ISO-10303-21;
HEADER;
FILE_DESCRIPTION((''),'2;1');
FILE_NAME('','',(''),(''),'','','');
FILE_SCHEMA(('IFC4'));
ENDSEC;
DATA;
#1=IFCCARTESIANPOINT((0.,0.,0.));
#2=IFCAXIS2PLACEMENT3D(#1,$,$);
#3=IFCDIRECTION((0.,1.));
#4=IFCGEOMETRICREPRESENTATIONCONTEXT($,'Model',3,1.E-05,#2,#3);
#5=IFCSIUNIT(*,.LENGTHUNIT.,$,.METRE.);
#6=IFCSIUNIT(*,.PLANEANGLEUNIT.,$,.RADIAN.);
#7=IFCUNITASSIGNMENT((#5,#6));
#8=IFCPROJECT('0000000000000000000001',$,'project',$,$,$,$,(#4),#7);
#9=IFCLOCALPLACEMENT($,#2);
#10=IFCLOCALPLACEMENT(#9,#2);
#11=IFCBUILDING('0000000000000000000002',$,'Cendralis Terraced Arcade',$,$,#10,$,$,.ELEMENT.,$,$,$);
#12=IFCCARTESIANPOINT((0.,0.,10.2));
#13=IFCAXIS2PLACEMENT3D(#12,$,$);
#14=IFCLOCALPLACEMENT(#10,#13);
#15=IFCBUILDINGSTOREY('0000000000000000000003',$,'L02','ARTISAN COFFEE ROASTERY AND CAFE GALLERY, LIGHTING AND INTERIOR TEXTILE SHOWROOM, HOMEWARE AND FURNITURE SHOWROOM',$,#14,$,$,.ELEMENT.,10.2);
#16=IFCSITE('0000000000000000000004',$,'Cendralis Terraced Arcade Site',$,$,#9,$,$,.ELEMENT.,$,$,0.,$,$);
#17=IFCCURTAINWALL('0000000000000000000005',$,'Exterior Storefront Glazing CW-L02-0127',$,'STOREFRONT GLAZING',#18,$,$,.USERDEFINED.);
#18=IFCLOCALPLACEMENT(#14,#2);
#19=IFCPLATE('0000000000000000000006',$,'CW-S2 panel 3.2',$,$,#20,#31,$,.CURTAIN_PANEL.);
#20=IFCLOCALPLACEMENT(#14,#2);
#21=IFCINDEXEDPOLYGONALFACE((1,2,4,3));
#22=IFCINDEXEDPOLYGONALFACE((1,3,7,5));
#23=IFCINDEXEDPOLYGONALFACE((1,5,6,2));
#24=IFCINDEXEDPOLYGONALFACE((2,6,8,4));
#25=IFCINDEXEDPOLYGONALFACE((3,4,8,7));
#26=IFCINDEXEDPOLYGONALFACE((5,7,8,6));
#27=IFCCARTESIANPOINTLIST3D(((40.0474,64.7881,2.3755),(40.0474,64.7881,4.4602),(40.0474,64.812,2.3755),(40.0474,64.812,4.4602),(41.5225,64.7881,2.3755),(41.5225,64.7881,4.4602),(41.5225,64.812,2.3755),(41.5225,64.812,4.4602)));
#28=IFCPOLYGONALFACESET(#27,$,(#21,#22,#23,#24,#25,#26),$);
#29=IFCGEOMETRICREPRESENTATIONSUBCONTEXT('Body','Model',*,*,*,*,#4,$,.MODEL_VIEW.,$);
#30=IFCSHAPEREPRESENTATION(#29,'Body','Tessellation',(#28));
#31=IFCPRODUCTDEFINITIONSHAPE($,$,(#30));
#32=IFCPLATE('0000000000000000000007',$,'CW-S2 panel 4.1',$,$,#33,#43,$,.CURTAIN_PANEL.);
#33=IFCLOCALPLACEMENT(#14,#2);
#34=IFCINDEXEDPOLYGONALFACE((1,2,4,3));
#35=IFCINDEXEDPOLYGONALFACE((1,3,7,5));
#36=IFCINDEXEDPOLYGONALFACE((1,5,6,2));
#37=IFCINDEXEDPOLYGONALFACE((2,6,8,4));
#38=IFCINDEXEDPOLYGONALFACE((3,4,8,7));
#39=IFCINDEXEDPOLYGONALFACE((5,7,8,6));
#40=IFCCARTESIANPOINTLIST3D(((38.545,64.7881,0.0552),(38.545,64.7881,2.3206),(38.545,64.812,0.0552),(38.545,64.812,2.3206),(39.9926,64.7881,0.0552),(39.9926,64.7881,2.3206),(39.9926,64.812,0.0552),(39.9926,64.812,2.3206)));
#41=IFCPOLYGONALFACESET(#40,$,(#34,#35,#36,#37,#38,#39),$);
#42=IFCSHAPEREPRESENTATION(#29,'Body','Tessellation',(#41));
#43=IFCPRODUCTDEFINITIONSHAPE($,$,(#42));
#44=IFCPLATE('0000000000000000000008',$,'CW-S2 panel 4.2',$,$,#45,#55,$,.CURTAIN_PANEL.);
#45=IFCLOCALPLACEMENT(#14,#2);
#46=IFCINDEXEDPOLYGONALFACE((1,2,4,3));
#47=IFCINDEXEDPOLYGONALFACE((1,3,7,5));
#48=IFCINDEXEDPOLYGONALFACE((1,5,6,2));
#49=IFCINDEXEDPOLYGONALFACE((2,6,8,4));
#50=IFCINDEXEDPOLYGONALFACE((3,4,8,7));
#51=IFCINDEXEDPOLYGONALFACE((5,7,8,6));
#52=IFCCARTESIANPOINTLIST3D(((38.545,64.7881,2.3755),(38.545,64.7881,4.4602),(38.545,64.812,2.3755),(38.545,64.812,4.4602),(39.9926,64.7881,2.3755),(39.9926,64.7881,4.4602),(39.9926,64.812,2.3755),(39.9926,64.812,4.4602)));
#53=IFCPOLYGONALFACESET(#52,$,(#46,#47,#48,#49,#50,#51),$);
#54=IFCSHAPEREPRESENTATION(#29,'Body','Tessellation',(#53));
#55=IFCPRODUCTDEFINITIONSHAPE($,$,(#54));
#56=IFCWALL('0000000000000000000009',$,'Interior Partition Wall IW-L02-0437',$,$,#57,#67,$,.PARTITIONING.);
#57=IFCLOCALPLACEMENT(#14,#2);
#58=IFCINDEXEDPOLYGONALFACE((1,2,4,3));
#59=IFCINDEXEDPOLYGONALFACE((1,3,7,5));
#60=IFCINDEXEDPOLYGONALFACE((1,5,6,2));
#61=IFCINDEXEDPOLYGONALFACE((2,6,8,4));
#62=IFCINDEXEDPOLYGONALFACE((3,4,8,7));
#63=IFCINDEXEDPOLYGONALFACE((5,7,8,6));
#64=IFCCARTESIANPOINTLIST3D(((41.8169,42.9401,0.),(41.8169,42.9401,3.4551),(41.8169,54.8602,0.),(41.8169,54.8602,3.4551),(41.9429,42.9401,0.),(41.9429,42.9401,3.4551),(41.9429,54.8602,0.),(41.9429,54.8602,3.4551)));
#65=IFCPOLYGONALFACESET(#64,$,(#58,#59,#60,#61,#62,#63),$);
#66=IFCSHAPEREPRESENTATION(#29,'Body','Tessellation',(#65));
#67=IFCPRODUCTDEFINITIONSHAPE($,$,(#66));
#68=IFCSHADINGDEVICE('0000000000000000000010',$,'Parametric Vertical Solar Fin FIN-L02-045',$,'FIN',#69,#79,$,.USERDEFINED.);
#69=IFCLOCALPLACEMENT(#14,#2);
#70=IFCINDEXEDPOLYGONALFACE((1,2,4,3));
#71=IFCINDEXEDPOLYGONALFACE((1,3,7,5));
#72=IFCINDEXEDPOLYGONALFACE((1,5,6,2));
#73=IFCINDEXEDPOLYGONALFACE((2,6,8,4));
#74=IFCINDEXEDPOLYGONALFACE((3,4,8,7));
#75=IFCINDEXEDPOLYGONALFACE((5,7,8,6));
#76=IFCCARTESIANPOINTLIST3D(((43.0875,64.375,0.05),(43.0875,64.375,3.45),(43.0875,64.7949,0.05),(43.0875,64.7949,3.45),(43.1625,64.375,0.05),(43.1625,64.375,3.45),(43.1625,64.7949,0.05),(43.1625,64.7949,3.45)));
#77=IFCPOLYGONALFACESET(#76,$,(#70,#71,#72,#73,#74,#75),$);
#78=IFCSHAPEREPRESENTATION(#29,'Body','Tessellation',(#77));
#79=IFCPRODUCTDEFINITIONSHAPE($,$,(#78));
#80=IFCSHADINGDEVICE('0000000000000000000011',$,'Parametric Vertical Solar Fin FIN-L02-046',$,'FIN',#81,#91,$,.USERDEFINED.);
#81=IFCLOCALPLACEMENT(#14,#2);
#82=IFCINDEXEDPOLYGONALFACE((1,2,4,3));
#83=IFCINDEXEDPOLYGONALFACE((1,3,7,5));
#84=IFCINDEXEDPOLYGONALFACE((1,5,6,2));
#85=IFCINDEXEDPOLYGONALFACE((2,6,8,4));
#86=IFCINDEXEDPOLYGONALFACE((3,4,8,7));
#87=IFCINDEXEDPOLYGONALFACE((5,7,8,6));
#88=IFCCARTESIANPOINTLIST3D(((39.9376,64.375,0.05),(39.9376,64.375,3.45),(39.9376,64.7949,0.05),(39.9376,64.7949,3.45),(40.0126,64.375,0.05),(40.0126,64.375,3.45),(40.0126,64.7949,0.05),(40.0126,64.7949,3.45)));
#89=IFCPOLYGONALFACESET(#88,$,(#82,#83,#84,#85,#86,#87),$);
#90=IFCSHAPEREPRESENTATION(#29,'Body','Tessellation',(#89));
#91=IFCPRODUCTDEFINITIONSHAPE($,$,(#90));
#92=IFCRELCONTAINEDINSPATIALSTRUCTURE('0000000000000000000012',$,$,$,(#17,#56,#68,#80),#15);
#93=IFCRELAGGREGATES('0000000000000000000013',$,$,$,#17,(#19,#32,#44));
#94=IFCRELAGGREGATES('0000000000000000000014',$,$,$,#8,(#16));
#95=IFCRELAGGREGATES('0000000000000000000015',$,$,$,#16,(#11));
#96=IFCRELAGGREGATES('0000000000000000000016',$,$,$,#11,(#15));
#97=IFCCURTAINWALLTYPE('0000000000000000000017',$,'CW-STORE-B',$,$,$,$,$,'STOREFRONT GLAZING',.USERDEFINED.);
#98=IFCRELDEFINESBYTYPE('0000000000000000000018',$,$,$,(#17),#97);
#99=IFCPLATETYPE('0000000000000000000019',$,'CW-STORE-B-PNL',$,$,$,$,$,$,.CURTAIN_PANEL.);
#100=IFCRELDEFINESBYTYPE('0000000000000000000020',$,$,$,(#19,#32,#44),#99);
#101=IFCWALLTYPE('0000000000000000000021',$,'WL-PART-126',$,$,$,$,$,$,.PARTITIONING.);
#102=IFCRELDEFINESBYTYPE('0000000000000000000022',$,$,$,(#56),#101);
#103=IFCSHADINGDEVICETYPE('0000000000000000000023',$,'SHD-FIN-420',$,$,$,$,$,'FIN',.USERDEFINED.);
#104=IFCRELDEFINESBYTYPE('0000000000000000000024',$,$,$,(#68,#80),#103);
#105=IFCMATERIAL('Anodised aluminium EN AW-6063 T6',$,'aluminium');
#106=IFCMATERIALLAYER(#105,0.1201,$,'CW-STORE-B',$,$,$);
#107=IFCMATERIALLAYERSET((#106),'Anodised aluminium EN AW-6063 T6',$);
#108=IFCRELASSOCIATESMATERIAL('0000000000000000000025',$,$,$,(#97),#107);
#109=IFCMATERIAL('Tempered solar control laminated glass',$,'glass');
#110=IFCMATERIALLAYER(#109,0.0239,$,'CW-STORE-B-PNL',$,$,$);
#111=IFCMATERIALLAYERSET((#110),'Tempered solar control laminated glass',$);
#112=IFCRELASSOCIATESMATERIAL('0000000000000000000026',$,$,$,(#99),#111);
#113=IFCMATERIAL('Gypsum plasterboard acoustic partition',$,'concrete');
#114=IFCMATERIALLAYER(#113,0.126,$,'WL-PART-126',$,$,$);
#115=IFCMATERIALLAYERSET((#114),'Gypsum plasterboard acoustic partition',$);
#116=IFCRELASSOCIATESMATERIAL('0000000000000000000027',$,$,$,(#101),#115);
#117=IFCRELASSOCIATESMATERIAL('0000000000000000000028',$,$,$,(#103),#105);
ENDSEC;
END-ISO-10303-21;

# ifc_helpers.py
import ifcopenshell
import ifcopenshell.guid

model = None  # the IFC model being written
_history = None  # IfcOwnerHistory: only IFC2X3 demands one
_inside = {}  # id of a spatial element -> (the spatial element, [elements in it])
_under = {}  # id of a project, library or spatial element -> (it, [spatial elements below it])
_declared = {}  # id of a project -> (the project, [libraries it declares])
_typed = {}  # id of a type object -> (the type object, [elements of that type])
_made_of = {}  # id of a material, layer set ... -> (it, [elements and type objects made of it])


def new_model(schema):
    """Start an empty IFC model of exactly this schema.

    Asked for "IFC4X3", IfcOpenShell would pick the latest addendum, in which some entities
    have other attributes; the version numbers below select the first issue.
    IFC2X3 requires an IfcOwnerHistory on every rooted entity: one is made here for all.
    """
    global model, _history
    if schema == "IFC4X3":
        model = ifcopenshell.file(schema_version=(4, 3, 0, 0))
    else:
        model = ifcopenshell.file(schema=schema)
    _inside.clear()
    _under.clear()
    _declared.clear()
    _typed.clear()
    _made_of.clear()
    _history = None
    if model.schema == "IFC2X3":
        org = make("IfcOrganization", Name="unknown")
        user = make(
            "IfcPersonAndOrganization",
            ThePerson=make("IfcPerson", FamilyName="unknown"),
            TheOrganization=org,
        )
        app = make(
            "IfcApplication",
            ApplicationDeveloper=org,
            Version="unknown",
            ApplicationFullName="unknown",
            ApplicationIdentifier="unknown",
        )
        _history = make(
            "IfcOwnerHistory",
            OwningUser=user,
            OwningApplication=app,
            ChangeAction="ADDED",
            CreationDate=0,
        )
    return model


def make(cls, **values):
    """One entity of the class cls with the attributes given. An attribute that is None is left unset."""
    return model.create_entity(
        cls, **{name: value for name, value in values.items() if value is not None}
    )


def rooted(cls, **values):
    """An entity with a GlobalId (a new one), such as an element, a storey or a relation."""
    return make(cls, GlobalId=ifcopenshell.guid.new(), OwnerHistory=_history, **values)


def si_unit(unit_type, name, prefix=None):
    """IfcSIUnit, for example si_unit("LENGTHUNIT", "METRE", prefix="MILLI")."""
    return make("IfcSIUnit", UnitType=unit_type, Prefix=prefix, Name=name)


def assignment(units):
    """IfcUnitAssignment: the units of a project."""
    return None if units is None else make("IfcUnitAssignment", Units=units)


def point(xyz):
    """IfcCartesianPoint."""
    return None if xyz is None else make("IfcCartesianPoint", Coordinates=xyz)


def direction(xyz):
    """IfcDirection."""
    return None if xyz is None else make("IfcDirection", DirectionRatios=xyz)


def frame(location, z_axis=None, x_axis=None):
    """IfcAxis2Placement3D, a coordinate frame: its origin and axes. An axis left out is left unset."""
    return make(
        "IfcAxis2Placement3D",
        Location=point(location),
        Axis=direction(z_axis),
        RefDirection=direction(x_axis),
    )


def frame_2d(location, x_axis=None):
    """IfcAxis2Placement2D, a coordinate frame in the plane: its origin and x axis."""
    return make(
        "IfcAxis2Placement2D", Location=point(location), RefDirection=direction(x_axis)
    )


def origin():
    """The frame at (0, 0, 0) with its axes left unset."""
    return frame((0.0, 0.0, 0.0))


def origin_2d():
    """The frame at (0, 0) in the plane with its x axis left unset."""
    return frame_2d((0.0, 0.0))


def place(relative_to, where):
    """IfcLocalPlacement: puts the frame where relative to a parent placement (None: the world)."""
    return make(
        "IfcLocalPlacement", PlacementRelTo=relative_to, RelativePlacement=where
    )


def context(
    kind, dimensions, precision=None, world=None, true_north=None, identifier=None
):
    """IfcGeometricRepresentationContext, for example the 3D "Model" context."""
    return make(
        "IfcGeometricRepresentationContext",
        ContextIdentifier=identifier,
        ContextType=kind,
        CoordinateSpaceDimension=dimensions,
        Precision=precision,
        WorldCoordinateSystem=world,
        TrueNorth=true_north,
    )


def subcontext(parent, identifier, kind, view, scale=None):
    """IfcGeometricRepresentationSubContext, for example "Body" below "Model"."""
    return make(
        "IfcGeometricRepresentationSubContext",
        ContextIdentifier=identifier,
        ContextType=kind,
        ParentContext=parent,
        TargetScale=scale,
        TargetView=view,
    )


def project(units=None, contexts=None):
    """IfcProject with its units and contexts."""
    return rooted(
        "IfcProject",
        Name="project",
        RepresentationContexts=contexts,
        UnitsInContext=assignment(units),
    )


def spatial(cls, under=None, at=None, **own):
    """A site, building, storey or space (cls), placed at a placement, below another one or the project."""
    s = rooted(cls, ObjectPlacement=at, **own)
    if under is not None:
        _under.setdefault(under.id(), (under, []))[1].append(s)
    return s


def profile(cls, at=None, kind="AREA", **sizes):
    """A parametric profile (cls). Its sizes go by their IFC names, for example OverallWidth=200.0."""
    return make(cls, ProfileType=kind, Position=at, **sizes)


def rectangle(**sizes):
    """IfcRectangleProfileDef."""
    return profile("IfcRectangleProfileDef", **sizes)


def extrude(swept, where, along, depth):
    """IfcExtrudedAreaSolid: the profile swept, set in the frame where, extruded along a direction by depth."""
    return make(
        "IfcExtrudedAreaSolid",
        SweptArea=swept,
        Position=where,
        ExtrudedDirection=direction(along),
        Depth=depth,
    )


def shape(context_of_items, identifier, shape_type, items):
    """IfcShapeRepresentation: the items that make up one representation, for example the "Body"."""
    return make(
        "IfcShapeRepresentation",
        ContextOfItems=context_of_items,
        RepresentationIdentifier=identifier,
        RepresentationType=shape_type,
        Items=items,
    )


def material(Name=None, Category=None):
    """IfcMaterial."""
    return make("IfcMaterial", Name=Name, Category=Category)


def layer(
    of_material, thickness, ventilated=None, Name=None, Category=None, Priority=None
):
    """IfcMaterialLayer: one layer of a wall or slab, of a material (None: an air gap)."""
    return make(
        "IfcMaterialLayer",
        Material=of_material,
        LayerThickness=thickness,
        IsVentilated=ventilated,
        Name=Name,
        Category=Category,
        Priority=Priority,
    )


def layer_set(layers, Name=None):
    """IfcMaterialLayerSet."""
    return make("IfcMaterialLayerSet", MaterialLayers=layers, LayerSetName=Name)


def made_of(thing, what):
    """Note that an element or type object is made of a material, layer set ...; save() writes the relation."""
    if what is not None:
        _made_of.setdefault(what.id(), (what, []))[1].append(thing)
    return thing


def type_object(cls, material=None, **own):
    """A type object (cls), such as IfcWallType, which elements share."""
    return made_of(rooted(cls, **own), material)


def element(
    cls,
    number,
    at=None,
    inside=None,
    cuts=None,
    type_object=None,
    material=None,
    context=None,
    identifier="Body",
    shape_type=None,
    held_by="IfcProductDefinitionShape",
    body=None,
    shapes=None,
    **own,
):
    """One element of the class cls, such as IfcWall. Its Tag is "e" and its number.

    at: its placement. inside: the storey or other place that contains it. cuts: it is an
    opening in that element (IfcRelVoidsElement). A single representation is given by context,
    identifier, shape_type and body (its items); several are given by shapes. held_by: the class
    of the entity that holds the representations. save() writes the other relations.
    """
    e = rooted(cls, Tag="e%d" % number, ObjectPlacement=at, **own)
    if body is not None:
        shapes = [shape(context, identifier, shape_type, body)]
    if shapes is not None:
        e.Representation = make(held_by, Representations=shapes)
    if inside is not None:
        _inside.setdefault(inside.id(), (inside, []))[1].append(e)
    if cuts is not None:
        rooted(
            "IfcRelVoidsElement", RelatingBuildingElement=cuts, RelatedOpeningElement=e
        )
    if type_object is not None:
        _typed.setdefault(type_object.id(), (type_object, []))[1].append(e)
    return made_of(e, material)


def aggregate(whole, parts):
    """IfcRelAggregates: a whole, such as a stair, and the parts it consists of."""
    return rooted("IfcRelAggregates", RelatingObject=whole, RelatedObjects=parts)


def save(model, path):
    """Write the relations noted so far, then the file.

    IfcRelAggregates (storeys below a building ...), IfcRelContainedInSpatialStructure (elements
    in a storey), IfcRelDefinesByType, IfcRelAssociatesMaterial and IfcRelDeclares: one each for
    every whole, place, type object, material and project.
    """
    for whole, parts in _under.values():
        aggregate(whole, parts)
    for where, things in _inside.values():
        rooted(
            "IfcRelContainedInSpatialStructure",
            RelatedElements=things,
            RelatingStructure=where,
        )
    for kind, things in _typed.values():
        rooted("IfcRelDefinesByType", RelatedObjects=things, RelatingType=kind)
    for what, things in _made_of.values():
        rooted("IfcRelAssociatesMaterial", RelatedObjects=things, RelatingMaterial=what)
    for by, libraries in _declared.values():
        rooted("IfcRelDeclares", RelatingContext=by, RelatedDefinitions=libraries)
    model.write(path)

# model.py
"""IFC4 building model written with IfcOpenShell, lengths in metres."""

from ifc_helpers import new_model, si_unit, direction, frame, frame_2d, origin, origin_2d, place, context, subcontext, project, spatial, rectangle, extrude, material, layer, layer_set, type_object, element, aggregate, save


model = new_model("IFC4")

# Units and contexts
model_context = context("Model", 3, precision=1e-05, world=origin(), true_north=direction((0.0, 1.0)))
body_context = subcontext(model_context, "Body", "Model", "MODEL_VIEW")
ifc_project = project(units=[si_unit("LENGTHUNIT", "METRE"), si_unit("PLANEANGLEUNIT", "RADIAN")], contexts=[model_context])

# Site, building, storey
site_placement = place(None, origin())
site = spatial("IfcSite", under=ifc_project, at=site_placement, Name="Cendralis Terraced Arcade Site", CompositionType="ELEMENT", RefElevation=0.0)
building_placement = place(site_placement, origin())
building = spatial("IfcBuilding", under=site, at=building_placement, Name="Cendralis Terraced Arcade", CompositionType="ELEMENT")
storey_placement = place(building_placement, frame((0.0, 0.0, 10.2)))
storey = spatial("IfcBuildingStorey", under=building, at=storey_placement, Name="L02", Description="ARTISAN COFFEE ROASTERY AND CAFE GALLERY, LIGHTING AND INTERIOR TEXTILE SHOWROOM, HOMEWARE AND FURNITURE SHOWROOM", CompositionType="ELEMENT", Elevation=10.2)

# Curtain wall, plates
ifc_material_1 = material(Name="Anodised aluminium EN AW-6063 T6", Category="aluminium")
ifc_layer_1 = layer(ifc_material_1, 0.1201, Name="CW-STORE-B")
ifc_layer_set_1 = layer_set([ifc_layer_1], Name="Anodised aluminium EN AW-6063 T6")
curtain_wall_type = type_object("IfcCurtainWallType", Name="CW-STORE-B", ElementType="STOREFRONT GLAZING", PredefinedType="USERDEFINED", material=ifc_layer_set_1)
curtain_wall_placement = place(storey_placement, origin())
curtain_wall = element("IfcCurtainWall", 1, at=curtain_wall_placement, inside=storey, type_object=curtain_wall_type, Name="Exterior Storefront Glazing CW-L02-0127", ObjectType="STOREFRONT GLAZING", PredefinedType="USERDEFINED")
ifc_material_2 = material(Name="Tempered solar control laminated glass", Category="glass")
ifc_layer_2 = layer(ifc_material_2, 0.0239, Name="CW-STORE-B-PNL")
ifc_layer_set_2 = layer_set([ifc_layer_2], Name="Tempered solar control laminated glass")
plate_type = type_object("IfcPlateType", Name="CW-STORE-B-PNL", PredefinedType="CURTAIN_PANEL", material=ifc_layer_set_2)
plate_1_placement = place(storey_placement, frame((40.7849, 64.8, 2.3755), z_axis=(0.0, 0.0, 1.0), x_axis=(-1.0, 0.0, 0.0)))
plate_1 = element("IfcPlate", 2, at=plate_1_placement, type_object=plate_type, Name="CW-S2 panel 3.2", PredefinedType="CURTAIN_PANEL", context=body_context, shape_type="SweptSolid", body=[
    extrude(rectangle(XDim=1.4751, YDim=0.0239, at=origin_2d()), origin(), (0.0, 0.0, 1.0), 2.0847),
])
plate_2_placement = place(storey_placement, frame((39.2688, 64.8, 0.0552), z_axis=(0.0, 0.0, 1.0), x_axis=(-1.0, 0.0, 0.0)))
plate_2 = element("IfcPlate", 3, at=plate_2_placement, type_object=plate_type, Name="CW-S2 panel 4.1", PredefinedType="CURTAIN_PANEL", context=body_context, shape_type="SweptSolid", body=[
    extrude(rectangle(XDim=1.4475, YDim=0.0239, at=origin_2d()), origin(), (0.0, 0.0, 1.0), 2.2654),
])
plate_3_placement = place(storey_placement, frame((39.2688, 64.8, 2.3755), z_axis=(0.0, 0.0, 1.0), x_axis=(-1.0, 0.0, 0.0)))
plate_3 = element("IfcPlate", 4, at=plate_3_placement, type_object=plate_type, Name="CW-S2 panel 4.2", PredefinedType="CURTAIN_PANEL", context=body_context, shape_type="SweptSolid", body=[
    extrude(rectangle(XDim=1.4475, YDim=0.0239, at=origin_2d()), origin(), (0.0, 0.0, 1.0), 2.0847),
])
aggregate(curtain_wall, [plate_1, plate_2, plate_3])

# Wall
ifc_material_3 = material(Name="Gypsum plasterboard acoustic partition", Category="concrete")
ifc_layer_3 = layer(ifc_material_3, 0.126, Name="WL-PART-126")
ifc_layer_set_3 = layer_set([ifc_layer_3], Name="Gypsum plasterboard acoustic partition")
wall_type = type_object("IfcWallType", Name="WL-PART-126", PredefinedType="PARTITIONING", material=ifc_layer_set_3)
wall_placement = place(storey_placement, frame((41.8799, 54.8601, 0.0), z_axis=(0.0, 0.0, 1.0), x_axis=(0.0, -1.0, 0.0)))
element("IfcWall", 5, at=wall_placement, inside=storey, type_object=wall_type, Name="Interior Partition Wall IW-L02-0437", PredefinedType="PARTITIONING", context=body_context, shape_type="SweptSolid", body=[
    extrude(rectangle(XDim=11.9202, YDim=0.126, at=frame_2d((5.96, 0.0))), origin(), (0.0, 0.0, 1.0), 3.4551),
])

# Shading devices
shading_device_type = type_object("IfcShadingDeviceType", Name="SHD-FIN-420", ElementType="FIN", PredefinedType="USERDEFINED", material=ifc_material_1)
for number, where, z_axis, x_axis, name in (
    (6, (43.125, 64.585, 0.05), (0.0, 0.0, 1.0), (-1.0, 0.0, 0.0), "Parametric Vertical Solar Fin FIN-L02-045"),
    (7, (39.9751, 64.585, 0.05), (0.0, 0.0, 1.0), (-1.0, 0.0, 0.0), "Parametric Vertical Solar Fin FIN-L02-046"),
):
    element("IfcShadingDevice", number, at=place(storey_placement, frame(where, z_axis=z_axis, x_axis=x_axis)), inside=storey, type_object=shading_device_type, Name=name, ObjectType="FIN", PredefinedType="USERDEFINED", context=body_context, shape_type="SweptSolid", body=[
        extrude(rectangle(XDim=0.075, YDim=0.4199, at=origin_2d()), origin(), (0.0, 0.0, 1.0), 3.3999),
    ])

save(model, "model.ifc")
